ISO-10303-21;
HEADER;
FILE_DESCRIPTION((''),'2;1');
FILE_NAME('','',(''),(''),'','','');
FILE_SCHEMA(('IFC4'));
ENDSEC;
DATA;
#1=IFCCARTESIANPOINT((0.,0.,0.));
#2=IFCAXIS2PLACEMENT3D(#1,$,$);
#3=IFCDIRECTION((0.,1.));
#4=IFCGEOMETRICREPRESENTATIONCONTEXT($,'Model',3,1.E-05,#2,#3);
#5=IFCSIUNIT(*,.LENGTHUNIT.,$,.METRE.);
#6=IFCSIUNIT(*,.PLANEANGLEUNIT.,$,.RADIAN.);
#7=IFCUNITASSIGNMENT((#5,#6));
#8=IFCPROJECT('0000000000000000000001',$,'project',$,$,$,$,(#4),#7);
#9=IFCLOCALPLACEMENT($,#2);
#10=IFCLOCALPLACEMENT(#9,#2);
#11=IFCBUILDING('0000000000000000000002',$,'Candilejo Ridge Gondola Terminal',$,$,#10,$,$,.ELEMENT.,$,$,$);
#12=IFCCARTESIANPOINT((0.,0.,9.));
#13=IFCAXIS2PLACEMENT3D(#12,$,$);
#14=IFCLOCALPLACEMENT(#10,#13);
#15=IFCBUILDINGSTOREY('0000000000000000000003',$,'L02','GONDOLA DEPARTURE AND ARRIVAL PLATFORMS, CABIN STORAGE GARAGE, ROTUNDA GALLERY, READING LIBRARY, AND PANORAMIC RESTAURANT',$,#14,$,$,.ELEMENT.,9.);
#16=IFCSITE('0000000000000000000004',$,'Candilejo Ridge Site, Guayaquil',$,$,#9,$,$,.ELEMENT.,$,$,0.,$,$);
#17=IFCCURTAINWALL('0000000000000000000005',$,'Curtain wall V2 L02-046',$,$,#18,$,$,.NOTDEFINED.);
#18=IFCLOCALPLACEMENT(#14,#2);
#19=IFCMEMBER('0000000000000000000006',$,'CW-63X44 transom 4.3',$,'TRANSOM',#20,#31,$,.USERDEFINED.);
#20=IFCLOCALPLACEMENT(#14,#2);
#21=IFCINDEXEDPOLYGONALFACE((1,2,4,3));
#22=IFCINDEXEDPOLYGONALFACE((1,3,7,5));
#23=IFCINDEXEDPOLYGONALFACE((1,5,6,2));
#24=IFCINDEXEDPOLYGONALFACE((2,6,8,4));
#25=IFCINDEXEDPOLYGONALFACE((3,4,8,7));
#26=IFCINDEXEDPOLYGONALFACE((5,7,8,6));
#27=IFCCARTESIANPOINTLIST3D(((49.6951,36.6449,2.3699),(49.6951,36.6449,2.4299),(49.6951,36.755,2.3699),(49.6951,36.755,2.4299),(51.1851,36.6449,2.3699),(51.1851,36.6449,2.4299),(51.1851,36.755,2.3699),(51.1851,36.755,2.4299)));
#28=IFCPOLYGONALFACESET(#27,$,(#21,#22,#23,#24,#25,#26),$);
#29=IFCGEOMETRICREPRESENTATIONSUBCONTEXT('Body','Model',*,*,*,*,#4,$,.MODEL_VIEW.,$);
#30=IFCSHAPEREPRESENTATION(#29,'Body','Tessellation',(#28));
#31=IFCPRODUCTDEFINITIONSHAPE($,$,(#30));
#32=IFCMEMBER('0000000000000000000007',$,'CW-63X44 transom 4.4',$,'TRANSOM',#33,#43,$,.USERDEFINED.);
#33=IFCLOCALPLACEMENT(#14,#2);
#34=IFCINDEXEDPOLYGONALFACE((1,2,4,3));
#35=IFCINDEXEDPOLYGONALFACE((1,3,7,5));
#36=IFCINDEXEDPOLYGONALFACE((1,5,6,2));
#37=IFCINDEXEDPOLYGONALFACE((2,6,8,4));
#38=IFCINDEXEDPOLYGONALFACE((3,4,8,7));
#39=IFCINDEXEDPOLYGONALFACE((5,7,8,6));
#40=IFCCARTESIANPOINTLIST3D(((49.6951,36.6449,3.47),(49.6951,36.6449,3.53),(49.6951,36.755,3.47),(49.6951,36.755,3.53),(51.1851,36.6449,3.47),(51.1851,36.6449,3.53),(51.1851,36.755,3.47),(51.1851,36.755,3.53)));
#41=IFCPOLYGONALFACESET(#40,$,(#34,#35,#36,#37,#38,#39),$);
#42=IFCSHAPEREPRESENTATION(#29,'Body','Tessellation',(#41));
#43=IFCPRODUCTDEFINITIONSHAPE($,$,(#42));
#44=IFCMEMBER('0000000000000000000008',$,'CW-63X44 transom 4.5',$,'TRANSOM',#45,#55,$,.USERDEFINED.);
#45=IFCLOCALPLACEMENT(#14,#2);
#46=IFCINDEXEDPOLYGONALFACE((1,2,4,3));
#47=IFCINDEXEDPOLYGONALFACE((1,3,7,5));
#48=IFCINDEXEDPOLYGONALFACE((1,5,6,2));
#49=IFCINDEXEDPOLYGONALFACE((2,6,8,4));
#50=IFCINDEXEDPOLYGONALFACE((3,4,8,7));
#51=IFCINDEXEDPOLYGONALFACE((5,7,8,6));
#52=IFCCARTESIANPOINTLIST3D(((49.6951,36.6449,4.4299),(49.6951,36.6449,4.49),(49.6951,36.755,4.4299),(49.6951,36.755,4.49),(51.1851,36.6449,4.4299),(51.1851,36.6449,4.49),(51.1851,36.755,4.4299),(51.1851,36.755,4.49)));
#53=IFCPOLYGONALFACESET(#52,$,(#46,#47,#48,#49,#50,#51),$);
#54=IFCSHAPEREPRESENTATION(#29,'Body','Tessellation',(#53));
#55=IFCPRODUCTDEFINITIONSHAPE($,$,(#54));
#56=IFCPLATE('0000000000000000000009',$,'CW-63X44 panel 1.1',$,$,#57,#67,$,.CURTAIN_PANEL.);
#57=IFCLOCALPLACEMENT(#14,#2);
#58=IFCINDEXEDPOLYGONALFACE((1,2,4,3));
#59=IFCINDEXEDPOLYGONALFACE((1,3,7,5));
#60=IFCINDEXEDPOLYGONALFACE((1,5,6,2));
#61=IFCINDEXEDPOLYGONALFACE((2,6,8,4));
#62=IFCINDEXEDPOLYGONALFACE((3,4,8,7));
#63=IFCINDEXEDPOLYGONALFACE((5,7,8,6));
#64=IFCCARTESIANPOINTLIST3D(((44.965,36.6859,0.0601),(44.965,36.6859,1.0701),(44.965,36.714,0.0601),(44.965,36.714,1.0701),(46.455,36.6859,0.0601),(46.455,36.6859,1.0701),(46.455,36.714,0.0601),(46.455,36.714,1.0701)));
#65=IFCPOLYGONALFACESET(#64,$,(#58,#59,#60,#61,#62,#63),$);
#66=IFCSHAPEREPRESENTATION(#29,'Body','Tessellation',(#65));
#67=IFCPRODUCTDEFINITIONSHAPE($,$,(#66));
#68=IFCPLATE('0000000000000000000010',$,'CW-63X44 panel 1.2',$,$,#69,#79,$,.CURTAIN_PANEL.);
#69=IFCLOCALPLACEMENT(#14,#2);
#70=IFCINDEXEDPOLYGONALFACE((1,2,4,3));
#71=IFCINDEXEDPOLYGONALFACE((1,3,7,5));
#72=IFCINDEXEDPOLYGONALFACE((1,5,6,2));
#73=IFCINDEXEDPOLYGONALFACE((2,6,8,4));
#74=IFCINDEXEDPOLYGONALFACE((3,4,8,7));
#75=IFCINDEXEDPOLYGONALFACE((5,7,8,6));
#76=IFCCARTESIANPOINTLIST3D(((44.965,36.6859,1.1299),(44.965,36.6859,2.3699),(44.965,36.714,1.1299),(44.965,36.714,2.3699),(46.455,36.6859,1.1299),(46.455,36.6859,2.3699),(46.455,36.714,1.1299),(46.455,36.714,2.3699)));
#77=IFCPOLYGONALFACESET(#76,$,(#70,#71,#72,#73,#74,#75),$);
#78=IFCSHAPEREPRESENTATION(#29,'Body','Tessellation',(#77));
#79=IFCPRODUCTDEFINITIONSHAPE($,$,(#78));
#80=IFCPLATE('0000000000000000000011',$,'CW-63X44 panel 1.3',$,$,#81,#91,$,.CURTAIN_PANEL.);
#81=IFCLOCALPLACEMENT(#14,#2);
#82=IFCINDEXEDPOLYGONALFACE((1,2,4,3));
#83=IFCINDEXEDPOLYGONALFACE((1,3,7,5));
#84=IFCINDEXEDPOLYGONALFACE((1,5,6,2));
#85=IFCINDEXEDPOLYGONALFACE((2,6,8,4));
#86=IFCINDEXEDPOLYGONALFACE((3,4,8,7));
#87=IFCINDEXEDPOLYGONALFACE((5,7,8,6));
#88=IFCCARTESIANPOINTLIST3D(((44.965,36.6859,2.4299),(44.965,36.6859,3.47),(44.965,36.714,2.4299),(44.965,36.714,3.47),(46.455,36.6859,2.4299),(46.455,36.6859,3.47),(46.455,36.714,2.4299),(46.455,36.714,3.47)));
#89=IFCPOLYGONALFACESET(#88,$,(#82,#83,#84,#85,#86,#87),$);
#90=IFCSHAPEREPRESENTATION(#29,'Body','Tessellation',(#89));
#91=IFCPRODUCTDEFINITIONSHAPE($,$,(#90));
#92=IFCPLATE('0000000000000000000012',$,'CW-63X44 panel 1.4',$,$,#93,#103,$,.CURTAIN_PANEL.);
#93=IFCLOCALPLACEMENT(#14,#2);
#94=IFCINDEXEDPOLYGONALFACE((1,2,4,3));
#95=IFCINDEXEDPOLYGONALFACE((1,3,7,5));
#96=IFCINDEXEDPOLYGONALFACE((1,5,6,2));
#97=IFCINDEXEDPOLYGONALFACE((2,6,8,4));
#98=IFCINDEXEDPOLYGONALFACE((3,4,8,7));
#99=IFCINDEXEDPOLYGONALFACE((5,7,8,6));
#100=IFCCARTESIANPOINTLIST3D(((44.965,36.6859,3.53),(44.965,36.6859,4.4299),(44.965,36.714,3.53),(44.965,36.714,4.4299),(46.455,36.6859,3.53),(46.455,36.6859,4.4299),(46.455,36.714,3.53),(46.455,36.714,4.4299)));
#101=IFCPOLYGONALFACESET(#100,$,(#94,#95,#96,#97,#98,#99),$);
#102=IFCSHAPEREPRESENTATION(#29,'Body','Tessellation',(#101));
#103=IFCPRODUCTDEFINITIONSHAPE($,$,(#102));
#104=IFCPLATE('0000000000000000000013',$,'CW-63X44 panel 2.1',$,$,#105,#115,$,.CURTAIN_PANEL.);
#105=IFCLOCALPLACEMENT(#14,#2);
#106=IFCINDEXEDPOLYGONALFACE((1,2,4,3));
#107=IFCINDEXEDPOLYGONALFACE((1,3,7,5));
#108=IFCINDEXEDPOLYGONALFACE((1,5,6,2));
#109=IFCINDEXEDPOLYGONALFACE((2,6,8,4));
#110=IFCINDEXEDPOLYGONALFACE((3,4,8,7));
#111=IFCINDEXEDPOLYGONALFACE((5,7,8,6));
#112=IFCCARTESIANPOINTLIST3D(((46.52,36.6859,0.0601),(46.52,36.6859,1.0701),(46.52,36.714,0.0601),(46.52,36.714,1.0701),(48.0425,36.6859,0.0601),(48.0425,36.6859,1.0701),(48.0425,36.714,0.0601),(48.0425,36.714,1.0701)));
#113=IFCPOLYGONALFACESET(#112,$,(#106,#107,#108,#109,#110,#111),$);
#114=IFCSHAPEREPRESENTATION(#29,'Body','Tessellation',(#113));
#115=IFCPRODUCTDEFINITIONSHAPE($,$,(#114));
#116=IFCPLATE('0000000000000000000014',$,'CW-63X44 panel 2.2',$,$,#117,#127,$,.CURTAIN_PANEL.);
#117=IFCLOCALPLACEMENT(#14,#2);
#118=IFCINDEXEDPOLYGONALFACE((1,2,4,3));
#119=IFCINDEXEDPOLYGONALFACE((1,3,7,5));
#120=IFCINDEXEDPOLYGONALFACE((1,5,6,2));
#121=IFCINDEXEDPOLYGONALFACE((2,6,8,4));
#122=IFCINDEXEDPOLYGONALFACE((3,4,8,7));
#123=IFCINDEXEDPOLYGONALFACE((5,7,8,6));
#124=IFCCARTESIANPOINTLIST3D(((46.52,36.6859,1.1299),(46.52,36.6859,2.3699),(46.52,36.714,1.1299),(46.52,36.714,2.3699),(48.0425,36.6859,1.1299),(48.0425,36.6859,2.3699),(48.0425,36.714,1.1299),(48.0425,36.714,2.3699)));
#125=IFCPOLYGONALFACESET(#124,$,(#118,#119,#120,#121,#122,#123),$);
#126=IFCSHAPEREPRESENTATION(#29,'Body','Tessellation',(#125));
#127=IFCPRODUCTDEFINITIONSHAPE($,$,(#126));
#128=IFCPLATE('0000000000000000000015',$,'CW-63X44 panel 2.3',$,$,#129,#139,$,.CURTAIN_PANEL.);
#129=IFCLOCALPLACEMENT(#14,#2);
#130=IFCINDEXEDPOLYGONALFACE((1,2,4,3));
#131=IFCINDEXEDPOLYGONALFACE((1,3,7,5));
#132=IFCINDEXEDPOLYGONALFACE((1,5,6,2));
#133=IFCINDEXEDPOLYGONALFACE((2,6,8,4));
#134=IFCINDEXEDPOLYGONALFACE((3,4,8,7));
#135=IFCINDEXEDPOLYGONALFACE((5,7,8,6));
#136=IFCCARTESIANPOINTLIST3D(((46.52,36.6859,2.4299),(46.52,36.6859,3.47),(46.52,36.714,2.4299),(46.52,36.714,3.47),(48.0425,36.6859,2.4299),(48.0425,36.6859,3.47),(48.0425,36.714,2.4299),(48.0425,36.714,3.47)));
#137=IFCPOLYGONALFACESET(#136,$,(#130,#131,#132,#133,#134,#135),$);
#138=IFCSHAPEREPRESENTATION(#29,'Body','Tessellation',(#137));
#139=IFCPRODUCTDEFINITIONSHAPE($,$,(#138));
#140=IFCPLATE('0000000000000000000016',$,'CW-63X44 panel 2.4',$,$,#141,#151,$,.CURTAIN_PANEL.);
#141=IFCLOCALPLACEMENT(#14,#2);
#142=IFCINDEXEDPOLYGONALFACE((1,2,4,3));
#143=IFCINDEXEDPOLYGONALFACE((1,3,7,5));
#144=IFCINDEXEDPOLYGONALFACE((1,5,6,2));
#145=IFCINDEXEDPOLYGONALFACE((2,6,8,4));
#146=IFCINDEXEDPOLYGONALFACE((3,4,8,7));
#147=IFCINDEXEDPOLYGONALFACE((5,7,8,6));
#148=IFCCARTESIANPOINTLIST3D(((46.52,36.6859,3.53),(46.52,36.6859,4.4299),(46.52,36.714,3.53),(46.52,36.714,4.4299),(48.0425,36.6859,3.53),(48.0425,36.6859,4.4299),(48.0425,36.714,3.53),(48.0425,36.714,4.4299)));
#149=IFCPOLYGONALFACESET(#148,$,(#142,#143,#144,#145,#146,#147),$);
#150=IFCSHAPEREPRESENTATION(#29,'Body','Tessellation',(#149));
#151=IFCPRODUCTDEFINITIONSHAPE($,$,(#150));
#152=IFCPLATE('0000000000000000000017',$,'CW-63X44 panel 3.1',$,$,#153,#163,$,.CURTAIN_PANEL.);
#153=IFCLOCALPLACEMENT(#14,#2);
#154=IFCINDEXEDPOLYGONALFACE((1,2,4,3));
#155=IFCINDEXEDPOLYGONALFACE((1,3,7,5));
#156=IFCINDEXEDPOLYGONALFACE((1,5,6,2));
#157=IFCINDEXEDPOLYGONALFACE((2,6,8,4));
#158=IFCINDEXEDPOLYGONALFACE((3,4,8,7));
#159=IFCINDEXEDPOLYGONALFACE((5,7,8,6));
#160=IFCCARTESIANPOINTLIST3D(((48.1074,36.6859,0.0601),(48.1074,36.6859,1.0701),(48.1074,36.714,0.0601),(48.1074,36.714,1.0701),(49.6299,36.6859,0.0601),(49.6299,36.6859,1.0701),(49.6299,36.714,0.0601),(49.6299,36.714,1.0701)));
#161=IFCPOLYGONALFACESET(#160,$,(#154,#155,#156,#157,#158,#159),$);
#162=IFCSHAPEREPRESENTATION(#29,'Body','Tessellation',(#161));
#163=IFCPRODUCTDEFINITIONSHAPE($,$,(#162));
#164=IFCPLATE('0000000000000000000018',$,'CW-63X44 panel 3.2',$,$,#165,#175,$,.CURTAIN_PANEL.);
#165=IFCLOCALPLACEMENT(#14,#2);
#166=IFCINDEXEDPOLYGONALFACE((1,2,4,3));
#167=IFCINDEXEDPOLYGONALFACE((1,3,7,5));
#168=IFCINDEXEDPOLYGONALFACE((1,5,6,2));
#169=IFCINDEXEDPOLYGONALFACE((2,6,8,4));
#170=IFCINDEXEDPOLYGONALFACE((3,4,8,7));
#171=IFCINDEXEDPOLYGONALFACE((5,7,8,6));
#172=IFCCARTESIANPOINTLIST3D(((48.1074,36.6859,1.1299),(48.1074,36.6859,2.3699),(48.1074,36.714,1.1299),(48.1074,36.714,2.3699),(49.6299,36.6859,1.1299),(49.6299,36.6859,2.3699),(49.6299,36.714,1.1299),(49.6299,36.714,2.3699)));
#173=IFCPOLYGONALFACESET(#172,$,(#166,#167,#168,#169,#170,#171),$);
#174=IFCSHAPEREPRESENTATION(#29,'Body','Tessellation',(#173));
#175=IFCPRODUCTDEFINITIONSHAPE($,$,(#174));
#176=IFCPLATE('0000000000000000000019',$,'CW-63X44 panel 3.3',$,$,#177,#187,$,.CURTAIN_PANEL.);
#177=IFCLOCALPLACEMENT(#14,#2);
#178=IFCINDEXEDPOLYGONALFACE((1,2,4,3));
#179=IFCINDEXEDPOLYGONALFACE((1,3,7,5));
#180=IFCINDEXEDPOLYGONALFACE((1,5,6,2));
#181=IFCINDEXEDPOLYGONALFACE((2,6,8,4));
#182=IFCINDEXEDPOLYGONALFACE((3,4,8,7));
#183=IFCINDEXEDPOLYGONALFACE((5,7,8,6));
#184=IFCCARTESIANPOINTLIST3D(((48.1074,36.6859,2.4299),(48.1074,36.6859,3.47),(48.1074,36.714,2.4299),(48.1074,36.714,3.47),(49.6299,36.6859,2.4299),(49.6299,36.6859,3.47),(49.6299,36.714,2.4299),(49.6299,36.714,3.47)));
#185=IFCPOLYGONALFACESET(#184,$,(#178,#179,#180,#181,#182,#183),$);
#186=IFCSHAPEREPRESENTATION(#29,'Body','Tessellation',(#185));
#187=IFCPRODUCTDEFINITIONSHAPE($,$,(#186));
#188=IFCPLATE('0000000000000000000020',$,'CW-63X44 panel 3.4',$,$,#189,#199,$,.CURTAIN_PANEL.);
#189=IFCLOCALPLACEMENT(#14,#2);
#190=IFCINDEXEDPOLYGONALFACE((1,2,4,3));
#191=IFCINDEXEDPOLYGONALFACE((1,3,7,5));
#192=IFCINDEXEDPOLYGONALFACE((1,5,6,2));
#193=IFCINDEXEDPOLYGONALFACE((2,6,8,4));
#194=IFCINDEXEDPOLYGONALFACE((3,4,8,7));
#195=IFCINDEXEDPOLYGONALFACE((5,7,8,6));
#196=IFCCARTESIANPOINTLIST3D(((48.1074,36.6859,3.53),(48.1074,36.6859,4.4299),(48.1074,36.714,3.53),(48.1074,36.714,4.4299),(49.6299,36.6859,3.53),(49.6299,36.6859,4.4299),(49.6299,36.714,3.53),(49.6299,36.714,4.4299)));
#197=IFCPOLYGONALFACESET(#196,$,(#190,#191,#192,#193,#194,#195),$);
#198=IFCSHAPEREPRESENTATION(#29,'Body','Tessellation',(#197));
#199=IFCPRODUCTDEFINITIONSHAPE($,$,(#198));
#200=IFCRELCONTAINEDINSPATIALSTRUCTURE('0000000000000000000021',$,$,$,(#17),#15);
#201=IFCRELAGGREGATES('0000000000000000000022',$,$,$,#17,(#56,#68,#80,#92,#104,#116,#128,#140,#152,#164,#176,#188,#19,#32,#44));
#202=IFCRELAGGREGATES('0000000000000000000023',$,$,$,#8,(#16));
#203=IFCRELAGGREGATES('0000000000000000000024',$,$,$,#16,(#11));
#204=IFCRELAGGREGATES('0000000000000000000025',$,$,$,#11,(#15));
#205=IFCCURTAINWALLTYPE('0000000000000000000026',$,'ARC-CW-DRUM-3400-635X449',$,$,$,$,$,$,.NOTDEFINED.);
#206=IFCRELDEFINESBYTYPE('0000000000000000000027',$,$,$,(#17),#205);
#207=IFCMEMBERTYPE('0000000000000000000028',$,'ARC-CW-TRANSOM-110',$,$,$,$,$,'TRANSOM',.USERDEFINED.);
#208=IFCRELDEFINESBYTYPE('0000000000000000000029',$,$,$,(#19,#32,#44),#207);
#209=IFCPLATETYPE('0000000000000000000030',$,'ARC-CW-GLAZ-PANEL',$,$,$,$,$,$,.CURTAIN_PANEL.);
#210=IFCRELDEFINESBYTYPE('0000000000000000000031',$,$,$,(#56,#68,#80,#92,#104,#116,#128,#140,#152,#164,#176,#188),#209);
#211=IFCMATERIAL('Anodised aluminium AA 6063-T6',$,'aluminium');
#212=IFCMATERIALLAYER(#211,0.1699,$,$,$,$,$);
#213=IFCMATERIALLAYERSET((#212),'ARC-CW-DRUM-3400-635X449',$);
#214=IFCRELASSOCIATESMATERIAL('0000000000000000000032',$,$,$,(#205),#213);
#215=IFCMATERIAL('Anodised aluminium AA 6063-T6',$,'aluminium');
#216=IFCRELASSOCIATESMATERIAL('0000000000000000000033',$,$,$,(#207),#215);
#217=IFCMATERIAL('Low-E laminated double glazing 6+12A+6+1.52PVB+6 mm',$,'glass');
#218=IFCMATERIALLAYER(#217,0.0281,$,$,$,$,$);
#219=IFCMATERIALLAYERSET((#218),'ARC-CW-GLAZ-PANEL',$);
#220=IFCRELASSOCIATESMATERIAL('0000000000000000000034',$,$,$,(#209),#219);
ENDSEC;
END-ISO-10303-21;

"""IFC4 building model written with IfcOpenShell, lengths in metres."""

from ifc_helpers import new_model, si_unit, direction, frame, origin, origin_2d, place, context, subcontext, project, spatial, rectangle, extrude, material, layer, layer_set, material_profile, profile_set, type_object, element, aggregate, save


model = new_model("IFC4")

# Units and contexts
model_context = context("Model", 3, precision=1e-05, world=origin(), true_north=direction((0.0, 1.0)))
body_context = subcontext(model_context, "Body", "Model", "MODEL_VIEW")
ifc_project = project(units=[si_unit("LENGTHUNIT", "METRE"), si_unit("PLANEANGLEUNIT", "RADIAN")], contexts=[model_context])

# Site, building, storey
site_placement = place(None, origin())
site = spatial("IfcSite", under=ifc_project, at=site_placement, Name="Candilejo Ridge Site, Guayaquil", CompositionType="ELEMENT", RefElevation=0.0)
building_placement = place(site_placement, origin())
building = spatial("IfcBuilding", under=site, at=building_placement, Name="Candilejo Ridge Gondola Terminal", CompositionType="ELEMENT")
storey_placement = place(building_placement, frame((0.0, 0.0, 9.0)))
storey = spatial("IfcBuildingStorey", under=building, at=storey_placement, Name="L02", Description="GONDOLA DEPARTURE AND ARRIVAL PLATFORMS, CABIN STORAGE GARAGE, ROTUNDA GALLERY, READING LIBRARY, AND PANORAMIC RESTAURANT", CompositionType="ELEMENT", Elevation=9.0)

# Curtain wall, members, plates
ifc_material_1 = material(Name="Anodised aluminium AA 6063-T6", Category="aluminium")
ifc_layer_1 = layer(ifc_material_1, 0.1699)
ifc_layer_set_1 = layer_set([ifc_layer_1], Name="ARC-CW-DRUM-3400-635X449")
curtain_wall_type = type_object("IfcCurtainWallType", Name="ARC-CW-DRUM-3400-635X449", PredefinedType="NOTDEFINED", material=ifc_layer_set_1)
curtain_wall_placement = place(storey_placement, origin())
curtain_wall = element("IfcCurtainWall", 1, at=curtain_wall_placement, inside=storey, type_object=curtain_wall_type, Name="Curtain wall V2 L02-046", PredefinedType="NOTDEFINED")
ifc_material_2 = material(Name="Anodised aluminium AA 6063-T6", Category="aluminium")
ifc_material_profile_1 = material_profile(ifc_material_2, rectangle(XDim=0.1101, YDim=0.0601, at=origin_2d()))
ifc_profile_set_1 = profile_set([ifc_material_profile_1], Name="Anodised aluminium AA 6063-T6")
member_type_1 = type_object("IfcMemberType", Name="ARC-CW-TRANSOM-110", ElementType="TRANSOM", PredefinedType="USERDEFINED", material=ifc_profile_set_1)
member_1_placement = place(storey_placement, frame((49.6951, 36.7, 2.3999), z_axis=(1.0, 0.0, 0.0), x_axis=(0.0, 1.0, 0.0)))
member_1 = element("IfcMember", 2, at=member_1_placement, type_object=member_type_1, Name="CW-63X44 transom 4.3", ObjectType="TRANSOM", PredefinedType="USERDEFINED", context=body_context, shape_type="SweptSolid", body=[
    extrude(rectangle(XDim=0.1101, YDim=0.0601, at=origin_2d()), origin(), (0.0, 0.0, 1.0), 1.49),
])
member_2_placement = place(storey_placement, frame((49.6951, 36.7, 3.5), z_axis=(1.0, 0.0, 0.0), x_axis=(0.0, 1.0, 0.0)))
member_2 = element("IfcMember", 3, at=member_2_placement, type_object=member_type_1, Name="CW-63X44 transom 4.4", ObjectType="TRANSOM", PredefinedType="USERDEFINED", context=body_context, shape_type="SweptSolid", body=[
    extrude(rectangle(XDim=0.1101, YDim=0.0601, at=origin_2d()), origin(), (0.0, 0.0, 1.0), 1.49),
])
member_3_placement = place(storey_placement, frame((49.6951, 36.7, 4.46), z_axis=(1.0, 0.0, 0.0), x_axis=(0.0, 1.0, 0.0)))
member_3 = element("IfcMember", 4, at=member_3_placement, type_object=member_type_1, Name="CW-63X44 transom 4.5", ObjectType="TRANSOM", PredefinedType="USERDEFINED", context=body_context, shape_type="SweptSolid", body=[
    extrude(rectangle(XDim=0.1101, YDim=0.0601, at=origin_2d()), origin(), (0.0, 0.0, 1.0), 1.49),
])
ifc_material_3 = material(Name="Low-E laminated double glazing 6+12A+6+1.52PVB+6 mm", Category="glass")
ifc_layer_2 = layer(ifc_material_3, 0.0281)
ifc_layer_set_2 = layer_set([ifc_layer_2], Name="ARC-CW-GLAZ-PANEL")
plate_type_1 = type_object("IfcPlateType", Name="ARC-CW-GLAZ-PANEL", PredefinedType="CURTAIN_PANEL", material=ifc_layer_set_2)
plate_1_placement = place(storey_placement, frame((45.71, 36.7, 0.0601), z_axis=(0.0, 0.0, 1.0), x_axis=(1.0, 0.0, 0.0)))
plate_1 = element("IfcPlate", 5, at=plate_1_placement, type_object=plate_type_1, Name="CW-63X44 panel 1.1", PredefinedType="CURTAIN_PANEL", context=body_context, shape_type="SweptSolid", body=[
    extrude(rectangle(XDim=1.49, YDim=0.0281, at=origin_2d()), origin(), (0.0, 0.0, 1.0), 1.01),
])
plate_2_placement = place(storey_placement, frame((45.71, 36.7, 1.1299), z_axis=(0.0, 0.0, 1.0), x_axis=(1.0, 0.0, 0.0)))
plate_2 = element("IfcPlate", 6, at=plate_2_placement, type_object=plate_type_1, Name="CW-63X44 panel 1.2", PredefinedType="CURTAIN_PANEL", context=body_context, shape_type="SweptSolid", body=[
    extrude(rectangle(XDim=1.49, YDim=0.0281, at=origin_2d()), origin(), (0.0, 0.0, 1.0), 1.24),
])
plate_3_placement = place(storey_placement, frame((45.71, 36.7, 2.4299), z_axis=(0.0, 0.0, 1.0), x_axis=(1.0, 0.0, 0.0)))
plate_3 = element("IfcPlate", 7, at=plate_3_placement, type_object=plate_type_1, Name="CW-63X44 panel 1.3", PredefinedType="CURTAIN_PANEL", context=body_context, shape_type="SweptSolid", body=[
    extrude(rectangle(XDim=1.49, YDim=0.0281, at=origin_2d()), origin(), (0.0, 0.0, 1.0), 1.04),
])
plate_4_placement = place(storey_placement, frame((45.71, 36.7, 3.53), z_axis=(0.0, 0.0, 1.0), x_axis=(1.0, 0.0, 0.0)))
plate_4 = element("IfcPlate", 8, at=plate_4_placement, type_object=plate_type_1, Name="CW-63X44 panel 1.4", PredefinedType="CURTAIN_PANEL", context=body_context, shape_type="SweptSolid", body=[
    extrude(rectangle(XDim=1.49, YDim=0.0281, at=origin_2d()), origin(), (0.0, 0.0, 1.0), 0.8999),
])
plate_5_placement = place(storey_placement, frame((47.2812, 36.7, 0.0601), z_axis=(0.0, 0.0, 1.0), x_axis=(1.0, 0.0, 0.0)))
plate_5 = element("IfcPlate", 9, at=plate_5_placement, type_object=plate_type_1, Name="CW-63X44 panel 2.1", PredefinedType="CURTAIN_PANEL", context=body_context, shape_type="SweptSolid", body=[
    extrude(rectangle(XDim=1.5225, YDim=0.0281, at=origin_2d()), origin(), (0.0, 0.0, 1.0), 1.01),
])
plate_6_placement = place(storey_placement, frame((47.2812, 36.7, 1.1299), z_axis=(0.0, 0.0, 1.0), x_axis=(1.0, 0.0, 0.0)))
plate_6 = element("IfcPlate", 10, at=plate_6_placement, type_object=plate_type_1, Name="CW-63X44 panel 2.2", PredefinedType="CURTAIN_PANEL", context=body_context, shape_type="SweptSolid", body=[
    extrude(rectangle(XDim=1.5225, YDim=0.0281, at=origin_2d()), origin(), (0.0, 0.0, 1.0), 1.24),
])
plate_7_placement = place(storey_placement, frame((47.2812, 36.7, 2.4299), z_axis=(0.0, 0.0, 1.0), x_axis=(1.0, 0.0, 0.0)))
plate_7 = element("IfcPlate", 11, at=plate_7_placement, type_object=plate_type_1, Name="CW-63X44 panel 2.3", PredefinedType="CURTAIN_PANEL", context=body_context, shape_type="SweptSolid", body=[
    extrude(rectangle(XDim=1.5225, YDim=0.0281, at=origin_2d()), origin(), (0.0, 0.0, 1.0), 1.04),
])
plate_8_placement = place(storey_placement, frame((47.2812, 36.7, 3.53), z_axis=(0.0, 0.0, 1.0), x_axis=(1.0, 0.0, 0.0)))
plate_8 = element("IfcPlate", 12, at=plate_8_placement, type_object=plate_type_1, Name="CW-63X44 panel 2.4", PredefinedType="CURTAIN_PANEL", context=body_context, shape_type="SweptSolid", body=[
    extrude(rectangle(XDim=1.5225, YDim=0.0281, at=origin_2d()), origin(), (0.0, 0.0, 1.0), 0.8999),
])
plate_9_placement = place(storey_placement, frame((48.8687, 36.7, 0.0601), z_axis=(0.0, 0.0, 1.0), x_axis=(1.0, 0.0, 0.0)))
plate_9 = element("IfcPlate", 13, at=plate_9_placement, type_object=plate_type_1, Name="CW-63X44 panel 3.1", PredefinedType="CURTAIN_PANEL", context=body_context, shape_type="SweptSolid", body=[
    extrude(rectangle(XDim=1.5225, YDim=0.0281, at=origin_2d()), origin(), (0.0, 0.0, 1.0), 1.01),
])
plate_10_placement = place(storey_placement, frame((48.8687, 36.7, 1.1299), z_axis=(0.0, 0.0, 1.0), x_axis=(1.0, 0.0, 0.0)))
plate_10 = element("IfcPlate", 14, at=plate_10_placement, type_object=plate_type_1, Name="CW-63X44 panel 3.2", PredefinedType="CURTAIN_PANEL", context=body_context, shape_type="SweptSolid", body=[
    extrude(rectangle(XDim=1.5225, YDim=0.0281, at=origin_2d()), origin(), (0.0, 0.0, 1.0), 1.24),
])
plate_11_placement = place(storey_placement, frame((48.8687, 36.7, 2.4299), z_axis=(0.0, 0.0, 1.0), x_axis=(1.0, 0.0, 0.0)))
plate_11 = element("IfcPlate", 15, at=plate_11_placement, type_object=plate_type_1, Name="CW-63X44 panel 3.3", PredefinedType="CURTAIN_PANEL", context=body_context, shape_type="SweptSolid", body=[
    extrude(rectangle(XDim=1.5225, YDim=0.0281, at=origin_2d()), origin(), (0.0, 0.0, 1.0), 1.04),
])
plate_12_placement = place(storey_placement, frame((48.8687, 36.7, 3.53), z_axis=(0.0, 0.0, 1.0), x_axis=(1.0, 0.0, 0.0)))
plate_12 = element("IfcPlate", 16, at=plate_12_placement, type_object=plate_type_1, Name="CW-63X44 panel 3.4", PredefinedType="CURTAIN_PANEL", context=body_context, shape_type="SweptSolid", body=[
    extrude(rectangle(XDim=1.5225, YDim=0.0281, at=origin_2d()), origin(), (0.0, 0.0, 1.0), 0.8999),
])
aggregate(curtain_wall, [plate_1, plate_2, plate_3, plate_4, plate_5, plate_6, plate_7, plate_8, plate_9, plate_10, plate_11, plate_12, member_1, member_2, member_3])

save(model, "model.ifc")
